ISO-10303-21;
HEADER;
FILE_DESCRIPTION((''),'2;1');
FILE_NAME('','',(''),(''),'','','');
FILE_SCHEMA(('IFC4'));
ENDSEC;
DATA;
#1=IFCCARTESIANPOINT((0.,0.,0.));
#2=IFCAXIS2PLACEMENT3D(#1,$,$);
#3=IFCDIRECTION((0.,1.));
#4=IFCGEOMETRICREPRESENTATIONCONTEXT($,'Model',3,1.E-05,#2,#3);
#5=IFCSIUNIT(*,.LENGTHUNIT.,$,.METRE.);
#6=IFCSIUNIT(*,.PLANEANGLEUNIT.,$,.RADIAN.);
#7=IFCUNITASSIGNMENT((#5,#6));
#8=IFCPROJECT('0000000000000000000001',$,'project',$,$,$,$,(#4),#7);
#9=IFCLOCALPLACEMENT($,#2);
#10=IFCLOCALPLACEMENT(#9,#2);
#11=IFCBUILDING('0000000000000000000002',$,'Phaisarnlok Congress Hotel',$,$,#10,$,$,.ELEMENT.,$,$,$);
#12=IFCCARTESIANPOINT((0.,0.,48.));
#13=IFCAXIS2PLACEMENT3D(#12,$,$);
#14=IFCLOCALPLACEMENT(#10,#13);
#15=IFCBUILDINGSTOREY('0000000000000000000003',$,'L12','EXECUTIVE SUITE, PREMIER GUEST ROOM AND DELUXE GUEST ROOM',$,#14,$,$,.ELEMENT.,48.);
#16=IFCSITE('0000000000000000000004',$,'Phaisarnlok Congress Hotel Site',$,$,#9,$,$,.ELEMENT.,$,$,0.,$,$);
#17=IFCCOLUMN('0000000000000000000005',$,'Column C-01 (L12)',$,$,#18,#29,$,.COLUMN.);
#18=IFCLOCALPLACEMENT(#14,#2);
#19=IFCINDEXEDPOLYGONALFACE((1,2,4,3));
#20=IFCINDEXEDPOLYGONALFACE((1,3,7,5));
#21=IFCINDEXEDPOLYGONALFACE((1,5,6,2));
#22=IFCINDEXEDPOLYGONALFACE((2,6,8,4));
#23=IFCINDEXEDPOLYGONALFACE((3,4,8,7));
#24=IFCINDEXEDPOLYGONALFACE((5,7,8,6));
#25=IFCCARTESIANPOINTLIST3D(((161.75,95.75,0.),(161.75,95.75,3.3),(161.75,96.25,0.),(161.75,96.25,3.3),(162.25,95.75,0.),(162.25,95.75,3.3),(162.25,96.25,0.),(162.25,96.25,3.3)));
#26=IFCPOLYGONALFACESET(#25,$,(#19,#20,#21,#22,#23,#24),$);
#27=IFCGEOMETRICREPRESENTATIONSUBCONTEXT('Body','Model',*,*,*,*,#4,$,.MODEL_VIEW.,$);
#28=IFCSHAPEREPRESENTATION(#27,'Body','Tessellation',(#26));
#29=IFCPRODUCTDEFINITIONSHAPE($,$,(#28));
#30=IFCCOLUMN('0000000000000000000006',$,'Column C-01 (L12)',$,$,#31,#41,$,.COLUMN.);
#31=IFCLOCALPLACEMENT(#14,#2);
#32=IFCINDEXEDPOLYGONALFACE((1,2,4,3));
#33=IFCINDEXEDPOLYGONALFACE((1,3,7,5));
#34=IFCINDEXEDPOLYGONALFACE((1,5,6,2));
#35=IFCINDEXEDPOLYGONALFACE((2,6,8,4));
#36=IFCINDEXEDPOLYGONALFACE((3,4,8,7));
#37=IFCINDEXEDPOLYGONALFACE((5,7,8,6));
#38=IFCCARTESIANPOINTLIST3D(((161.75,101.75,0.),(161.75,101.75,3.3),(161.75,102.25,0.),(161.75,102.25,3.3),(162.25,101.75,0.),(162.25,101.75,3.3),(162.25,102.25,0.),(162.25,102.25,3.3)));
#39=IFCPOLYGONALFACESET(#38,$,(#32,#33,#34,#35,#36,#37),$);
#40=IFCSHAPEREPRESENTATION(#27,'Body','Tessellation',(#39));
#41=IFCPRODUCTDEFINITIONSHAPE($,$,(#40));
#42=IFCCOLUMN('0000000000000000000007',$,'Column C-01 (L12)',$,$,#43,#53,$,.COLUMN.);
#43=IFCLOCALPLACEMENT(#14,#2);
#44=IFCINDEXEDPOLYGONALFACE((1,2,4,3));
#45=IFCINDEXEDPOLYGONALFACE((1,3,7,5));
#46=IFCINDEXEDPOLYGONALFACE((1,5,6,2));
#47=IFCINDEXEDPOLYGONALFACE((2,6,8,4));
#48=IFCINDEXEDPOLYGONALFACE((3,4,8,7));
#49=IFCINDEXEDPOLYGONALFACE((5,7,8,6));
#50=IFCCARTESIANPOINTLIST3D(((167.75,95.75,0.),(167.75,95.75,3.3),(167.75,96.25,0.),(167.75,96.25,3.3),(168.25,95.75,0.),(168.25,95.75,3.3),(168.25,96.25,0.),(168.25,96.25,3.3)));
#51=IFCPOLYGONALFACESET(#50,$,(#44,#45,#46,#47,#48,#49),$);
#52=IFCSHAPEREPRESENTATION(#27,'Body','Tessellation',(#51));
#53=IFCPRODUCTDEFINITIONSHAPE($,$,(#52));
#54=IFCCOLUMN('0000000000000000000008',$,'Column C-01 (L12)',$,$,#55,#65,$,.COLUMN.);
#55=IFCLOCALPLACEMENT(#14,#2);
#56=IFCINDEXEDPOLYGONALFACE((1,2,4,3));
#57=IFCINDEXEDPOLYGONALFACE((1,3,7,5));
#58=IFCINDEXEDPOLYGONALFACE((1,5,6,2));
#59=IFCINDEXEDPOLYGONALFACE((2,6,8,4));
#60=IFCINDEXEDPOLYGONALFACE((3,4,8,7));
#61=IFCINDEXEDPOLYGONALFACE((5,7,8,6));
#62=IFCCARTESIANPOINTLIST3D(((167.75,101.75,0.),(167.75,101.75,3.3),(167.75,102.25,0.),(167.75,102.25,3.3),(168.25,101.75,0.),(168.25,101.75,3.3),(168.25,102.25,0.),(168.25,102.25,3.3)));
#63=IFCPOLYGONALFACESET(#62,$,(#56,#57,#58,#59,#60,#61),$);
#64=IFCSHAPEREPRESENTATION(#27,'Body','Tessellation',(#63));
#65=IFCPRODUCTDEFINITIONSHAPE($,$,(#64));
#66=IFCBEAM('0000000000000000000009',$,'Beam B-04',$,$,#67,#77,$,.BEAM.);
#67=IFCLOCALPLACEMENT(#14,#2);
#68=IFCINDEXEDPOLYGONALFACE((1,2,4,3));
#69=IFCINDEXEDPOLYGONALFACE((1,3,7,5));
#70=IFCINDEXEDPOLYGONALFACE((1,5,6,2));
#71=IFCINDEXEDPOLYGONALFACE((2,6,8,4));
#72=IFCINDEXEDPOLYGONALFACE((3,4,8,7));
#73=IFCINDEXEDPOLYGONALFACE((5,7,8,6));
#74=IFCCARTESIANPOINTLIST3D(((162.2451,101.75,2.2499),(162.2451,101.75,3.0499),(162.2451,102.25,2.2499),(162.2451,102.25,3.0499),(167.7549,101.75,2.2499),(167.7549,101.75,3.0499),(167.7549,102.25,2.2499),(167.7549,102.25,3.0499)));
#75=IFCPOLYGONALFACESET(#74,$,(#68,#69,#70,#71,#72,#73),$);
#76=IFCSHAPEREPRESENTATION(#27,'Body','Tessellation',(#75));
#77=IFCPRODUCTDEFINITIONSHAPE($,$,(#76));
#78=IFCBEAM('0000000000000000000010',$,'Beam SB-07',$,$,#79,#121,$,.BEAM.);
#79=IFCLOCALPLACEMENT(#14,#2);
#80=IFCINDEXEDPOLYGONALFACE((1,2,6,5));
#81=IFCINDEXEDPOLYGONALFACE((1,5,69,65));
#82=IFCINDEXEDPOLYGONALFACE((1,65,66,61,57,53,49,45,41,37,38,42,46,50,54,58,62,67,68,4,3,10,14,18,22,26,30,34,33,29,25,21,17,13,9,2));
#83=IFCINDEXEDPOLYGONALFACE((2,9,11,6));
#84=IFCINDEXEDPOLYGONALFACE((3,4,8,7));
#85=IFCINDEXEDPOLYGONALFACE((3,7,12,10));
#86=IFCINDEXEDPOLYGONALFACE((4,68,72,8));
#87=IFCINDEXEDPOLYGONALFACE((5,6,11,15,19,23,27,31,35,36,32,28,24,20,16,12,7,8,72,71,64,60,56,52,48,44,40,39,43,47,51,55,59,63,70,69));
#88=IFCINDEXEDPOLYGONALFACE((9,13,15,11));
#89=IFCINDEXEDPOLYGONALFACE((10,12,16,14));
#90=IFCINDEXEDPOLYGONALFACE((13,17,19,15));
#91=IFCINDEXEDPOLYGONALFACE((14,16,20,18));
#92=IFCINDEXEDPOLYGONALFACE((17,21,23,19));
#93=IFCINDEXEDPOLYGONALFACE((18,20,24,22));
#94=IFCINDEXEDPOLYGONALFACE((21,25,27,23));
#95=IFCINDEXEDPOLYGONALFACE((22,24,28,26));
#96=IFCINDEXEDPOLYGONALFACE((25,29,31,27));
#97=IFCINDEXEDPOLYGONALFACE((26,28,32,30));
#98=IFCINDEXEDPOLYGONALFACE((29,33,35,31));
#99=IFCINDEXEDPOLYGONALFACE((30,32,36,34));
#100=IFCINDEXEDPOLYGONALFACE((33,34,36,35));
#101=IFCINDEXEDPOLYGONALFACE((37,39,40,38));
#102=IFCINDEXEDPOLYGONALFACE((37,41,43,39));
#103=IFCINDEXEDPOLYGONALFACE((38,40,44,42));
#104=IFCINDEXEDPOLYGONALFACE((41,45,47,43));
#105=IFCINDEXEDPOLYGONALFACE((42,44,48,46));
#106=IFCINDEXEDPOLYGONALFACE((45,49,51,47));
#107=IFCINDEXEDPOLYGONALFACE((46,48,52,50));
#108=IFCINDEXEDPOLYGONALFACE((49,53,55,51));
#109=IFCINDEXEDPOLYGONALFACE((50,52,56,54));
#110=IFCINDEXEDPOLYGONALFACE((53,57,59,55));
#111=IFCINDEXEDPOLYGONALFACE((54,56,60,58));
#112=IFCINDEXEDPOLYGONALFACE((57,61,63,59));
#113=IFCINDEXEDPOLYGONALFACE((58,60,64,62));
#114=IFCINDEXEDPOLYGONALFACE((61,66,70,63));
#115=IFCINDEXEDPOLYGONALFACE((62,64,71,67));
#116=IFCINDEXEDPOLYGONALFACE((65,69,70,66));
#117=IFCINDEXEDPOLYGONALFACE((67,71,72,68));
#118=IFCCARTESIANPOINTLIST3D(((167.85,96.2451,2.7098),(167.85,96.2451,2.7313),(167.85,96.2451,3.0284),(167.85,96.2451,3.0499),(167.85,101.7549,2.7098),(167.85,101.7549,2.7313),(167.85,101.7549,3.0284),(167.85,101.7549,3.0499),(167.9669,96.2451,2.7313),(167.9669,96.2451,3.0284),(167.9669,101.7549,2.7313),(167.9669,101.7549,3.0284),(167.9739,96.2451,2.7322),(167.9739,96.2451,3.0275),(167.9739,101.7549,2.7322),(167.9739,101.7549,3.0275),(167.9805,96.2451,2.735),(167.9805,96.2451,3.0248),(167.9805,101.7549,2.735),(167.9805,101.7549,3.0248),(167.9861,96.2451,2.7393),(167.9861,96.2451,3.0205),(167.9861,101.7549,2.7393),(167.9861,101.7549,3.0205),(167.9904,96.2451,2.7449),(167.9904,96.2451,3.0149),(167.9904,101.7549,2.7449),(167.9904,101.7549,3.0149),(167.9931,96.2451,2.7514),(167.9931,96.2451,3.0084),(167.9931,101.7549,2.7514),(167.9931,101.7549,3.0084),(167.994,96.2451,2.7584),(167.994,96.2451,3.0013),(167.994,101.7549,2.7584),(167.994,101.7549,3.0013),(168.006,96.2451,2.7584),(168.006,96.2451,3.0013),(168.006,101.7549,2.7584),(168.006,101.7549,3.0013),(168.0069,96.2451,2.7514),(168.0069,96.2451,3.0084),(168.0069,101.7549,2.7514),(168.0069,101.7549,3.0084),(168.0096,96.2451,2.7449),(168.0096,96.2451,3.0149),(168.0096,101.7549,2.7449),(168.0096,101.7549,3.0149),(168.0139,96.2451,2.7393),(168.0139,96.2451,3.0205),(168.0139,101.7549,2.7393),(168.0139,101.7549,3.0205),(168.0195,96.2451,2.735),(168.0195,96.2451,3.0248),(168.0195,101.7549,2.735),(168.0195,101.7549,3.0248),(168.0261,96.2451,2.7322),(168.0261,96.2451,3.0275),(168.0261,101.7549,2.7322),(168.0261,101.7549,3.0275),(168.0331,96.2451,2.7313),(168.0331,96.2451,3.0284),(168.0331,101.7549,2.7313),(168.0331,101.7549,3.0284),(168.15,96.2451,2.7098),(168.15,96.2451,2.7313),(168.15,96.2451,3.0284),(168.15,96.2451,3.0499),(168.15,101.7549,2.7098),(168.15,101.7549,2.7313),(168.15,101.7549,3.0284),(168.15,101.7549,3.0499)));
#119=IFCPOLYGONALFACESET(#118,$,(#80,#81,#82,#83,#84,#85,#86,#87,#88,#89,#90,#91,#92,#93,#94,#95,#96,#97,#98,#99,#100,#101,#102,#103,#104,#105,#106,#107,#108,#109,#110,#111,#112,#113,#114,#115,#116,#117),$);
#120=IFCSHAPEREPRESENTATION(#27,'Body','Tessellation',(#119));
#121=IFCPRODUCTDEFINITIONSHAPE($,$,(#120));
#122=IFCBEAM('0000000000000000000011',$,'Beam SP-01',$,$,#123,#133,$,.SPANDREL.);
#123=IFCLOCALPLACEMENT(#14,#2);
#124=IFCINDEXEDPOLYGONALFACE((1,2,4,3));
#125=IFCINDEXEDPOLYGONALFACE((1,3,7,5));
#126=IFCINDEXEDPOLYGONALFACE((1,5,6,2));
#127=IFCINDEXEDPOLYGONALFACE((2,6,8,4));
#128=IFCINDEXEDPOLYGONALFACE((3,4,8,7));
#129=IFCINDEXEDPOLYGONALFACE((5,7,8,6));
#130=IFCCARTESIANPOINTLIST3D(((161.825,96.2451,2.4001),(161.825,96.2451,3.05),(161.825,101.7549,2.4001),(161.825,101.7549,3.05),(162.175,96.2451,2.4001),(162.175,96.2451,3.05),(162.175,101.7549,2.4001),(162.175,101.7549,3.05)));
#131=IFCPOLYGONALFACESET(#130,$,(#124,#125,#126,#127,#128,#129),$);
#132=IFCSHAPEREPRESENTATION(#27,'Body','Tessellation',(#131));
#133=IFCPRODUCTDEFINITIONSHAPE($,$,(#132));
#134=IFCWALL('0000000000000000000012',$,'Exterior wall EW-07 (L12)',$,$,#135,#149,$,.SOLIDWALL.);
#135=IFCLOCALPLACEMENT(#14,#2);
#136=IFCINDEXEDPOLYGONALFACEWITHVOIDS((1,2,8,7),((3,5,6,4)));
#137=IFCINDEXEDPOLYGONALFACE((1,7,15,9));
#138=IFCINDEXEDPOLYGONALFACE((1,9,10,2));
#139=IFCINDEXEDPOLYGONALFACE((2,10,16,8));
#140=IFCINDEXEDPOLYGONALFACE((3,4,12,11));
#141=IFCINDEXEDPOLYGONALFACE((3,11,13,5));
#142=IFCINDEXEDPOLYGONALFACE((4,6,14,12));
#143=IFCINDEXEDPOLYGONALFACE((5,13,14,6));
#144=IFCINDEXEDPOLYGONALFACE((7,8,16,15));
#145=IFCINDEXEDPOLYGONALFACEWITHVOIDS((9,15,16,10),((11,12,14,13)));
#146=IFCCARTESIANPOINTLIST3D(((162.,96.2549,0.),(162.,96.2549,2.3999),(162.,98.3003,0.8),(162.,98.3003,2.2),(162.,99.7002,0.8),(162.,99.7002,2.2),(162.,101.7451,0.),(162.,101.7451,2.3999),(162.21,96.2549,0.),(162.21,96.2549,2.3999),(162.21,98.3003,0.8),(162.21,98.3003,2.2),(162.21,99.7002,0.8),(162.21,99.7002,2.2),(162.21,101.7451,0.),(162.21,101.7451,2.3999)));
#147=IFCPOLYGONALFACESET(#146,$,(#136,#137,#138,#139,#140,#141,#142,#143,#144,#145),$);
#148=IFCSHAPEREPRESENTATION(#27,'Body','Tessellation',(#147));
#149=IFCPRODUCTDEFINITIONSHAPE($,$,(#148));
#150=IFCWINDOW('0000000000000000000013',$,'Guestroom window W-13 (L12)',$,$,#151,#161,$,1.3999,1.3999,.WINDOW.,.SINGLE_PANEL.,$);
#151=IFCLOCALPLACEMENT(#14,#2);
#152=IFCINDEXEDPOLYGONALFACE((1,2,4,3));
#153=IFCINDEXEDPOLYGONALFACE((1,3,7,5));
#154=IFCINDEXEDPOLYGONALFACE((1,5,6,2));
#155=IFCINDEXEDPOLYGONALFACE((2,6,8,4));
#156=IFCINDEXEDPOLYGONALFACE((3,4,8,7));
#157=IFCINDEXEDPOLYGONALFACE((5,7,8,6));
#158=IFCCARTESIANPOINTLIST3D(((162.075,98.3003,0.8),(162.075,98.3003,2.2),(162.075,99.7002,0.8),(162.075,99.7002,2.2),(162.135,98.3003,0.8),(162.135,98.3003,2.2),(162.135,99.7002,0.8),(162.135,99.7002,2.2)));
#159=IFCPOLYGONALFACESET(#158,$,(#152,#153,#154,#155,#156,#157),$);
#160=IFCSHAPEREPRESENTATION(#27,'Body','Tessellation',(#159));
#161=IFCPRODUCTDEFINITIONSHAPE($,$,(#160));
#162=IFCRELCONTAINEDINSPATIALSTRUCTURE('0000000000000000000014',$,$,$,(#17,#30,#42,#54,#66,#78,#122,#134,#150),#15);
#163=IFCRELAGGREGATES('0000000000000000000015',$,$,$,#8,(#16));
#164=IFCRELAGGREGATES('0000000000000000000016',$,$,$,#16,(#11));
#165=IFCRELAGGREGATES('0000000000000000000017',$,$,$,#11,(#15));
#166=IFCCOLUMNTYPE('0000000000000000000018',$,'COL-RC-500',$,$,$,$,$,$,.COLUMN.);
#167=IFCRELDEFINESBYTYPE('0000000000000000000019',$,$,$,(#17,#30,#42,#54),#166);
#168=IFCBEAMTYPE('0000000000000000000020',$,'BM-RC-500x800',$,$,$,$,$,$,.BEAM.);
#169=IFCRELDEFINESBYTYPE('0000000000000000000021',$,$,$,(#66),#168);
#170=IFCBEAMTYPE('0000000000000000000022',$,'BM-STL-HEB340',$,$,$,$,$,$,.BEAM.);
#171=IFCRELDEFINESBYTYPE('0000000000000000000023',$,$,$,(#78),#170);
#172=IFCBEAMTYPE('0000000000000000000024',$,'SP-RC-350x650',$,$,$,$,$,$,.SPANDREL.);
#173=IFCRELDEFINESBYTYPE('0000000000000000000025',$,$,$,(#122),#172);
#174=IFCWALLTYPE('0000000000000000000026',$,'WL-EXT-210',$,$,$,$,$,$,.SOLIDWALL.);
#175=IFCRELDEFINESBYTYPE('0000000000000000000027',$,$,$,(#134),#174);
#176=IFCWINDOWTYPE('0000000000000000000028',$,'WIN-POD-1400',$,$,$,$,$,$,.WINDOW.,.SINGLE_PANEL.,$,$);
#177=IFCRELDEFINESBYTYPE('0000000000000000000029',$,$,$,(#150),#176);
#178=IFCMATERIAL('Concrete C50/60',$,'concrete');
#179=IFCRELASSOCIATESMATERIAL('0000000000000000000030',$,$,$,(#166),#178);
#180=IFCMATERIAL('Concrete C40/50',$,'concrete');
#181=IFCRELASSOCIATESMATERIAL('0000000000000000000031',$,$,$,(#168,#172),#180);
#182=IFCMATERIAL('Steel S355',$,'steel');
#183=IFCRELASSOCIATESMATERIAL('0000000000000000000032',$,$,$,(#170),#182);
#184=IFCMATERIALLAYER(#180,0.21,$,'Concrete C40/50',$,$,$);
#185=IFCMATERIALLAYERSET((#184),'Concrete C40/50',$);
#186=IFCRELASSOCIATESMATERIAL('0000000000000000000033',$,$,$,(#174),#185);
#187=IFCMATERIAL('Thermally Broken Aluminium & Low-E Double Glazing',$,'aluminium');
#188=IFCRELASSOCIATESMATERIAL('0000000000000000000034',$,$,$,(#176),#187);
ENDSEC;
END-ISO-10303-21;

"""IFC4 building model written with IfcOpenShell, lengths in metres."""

from ifc_helpers import new_model, si_unit, direction, frame, frame_2d, origin, origin_2d, place, context, subcontext, project, spatial, rectangle, i_section, extrude, material, layer, layer_set, material_profile, profile_set, type_object, element, fill, save


model = new_model("IFC4")

# Units and contexts
model_context = context("Model", 3, precision=1e-05, world=origin(), true_north=direction((0.0, 1.0)))
body_context = subcontext(model_context, "Body", "Model", "MODEL_VIEW")
ifc_project = project(units=[si_unit("LENGTHUNIT", "METRE"), si_unit("PLANEANGLEUNIT", "RADIAN")], contexts=[model_context])

# Site, building, storey
site_placement = place(None, origin())
site = spatial("IfcSite", under=ifc_project, at=site_placement, Name="Phaisarnlok Congress Hotel Site", CompositionType="ELEMENT", RefElevation=0.0)
building_placement = place(site_placement, origin())
building = spatial("IfcBuilding", under=site, at=building_placement, Name="Phaisarnlok Congress Hotel", CompositionType="ELEMENT")
storey_placement = place(building_placement, frame((0.0, 0.0, 48.0)))
storey = spatial("IfcBuildingStorey", under=building, at=storey_placement, Name="L12", Description="EXECUTIVE SUITE, PREMIER GUEST ROOM AND DELUXE GUEST ROOM", CompositionType="ELEMENT", Elevation=48.0)

# Columns
ifc_material_1 = material(Name="Concrete C50/60", Category="concrete")
ifc_material_profile_1 = material_profile(ifc_material_1, rectangle(XDim=0.5, YDim=0.5, at=origin_2d()), Name="RC 500x500")
ifc_profile_set_1 = profile_set([ifc_material_profile_1], Name="Concrete C50/60")
column_type = type_object("IfcColumnType", Name="COL-RC-500", PredefinedType="COLUMN", material=ifc_profile_set_1)
for number, where, z_axis, x_axis, name in (
    (1, (162.0, 96.0, 0.0), (0.0, 0.0, 1.0), (1.0, 0.0, 0.0), "Column C-01 (L12)"),
    (2, (162.0, 102.0, 0.0), (0.0, 0.0, 1.0), (1.0, 0.0, 0.0), "Column C-01 (L12)"),
    (3, (168.0, 96.0, 0.0), (0.0, 0.0, 1.0), (1.0, 0.0, 0.0), "Column C-01 (L12)"),
    (4, (168.0, 102.0, 0.0), (0.0, 0.0, 1.0), (1.0, 0.0, 0.0), "Column C-01 (L12)"),
):
    element("IfcColumn", number, at=place(storey_placement, frame(where, z_axis=z_axis, x_axis=x_axis)), inside=storey, type_object=column_type, Name=name, PredefinedType="COLUMN", context=body_context, shape_type="SweptSolid", body=[
        extrude(rectangle(XDim=0.5, YDim=0.5, at=origin_2d()), origin(), (0.0, 0.0, 1.0), 3.3),
    ])

# Beams
ifc_material_2 = material(Name="Concrete C40/50", Category="concrete")
ifc_material_profile_2 = material_profile(ifc_material_2, rectangle(XDim=0.5, YDim=0.8, at=origin_2d()), Name="RC 500x800")
ifc_profile_set_2 = profile_set([ifc_material_profile_2], Name="Concrete C40/50")
beam_type_1 = type_object("IfcBeamType", Name="BM-RC-500x800", PredefinedType="BEAM", material=ifc_profile_set_2)
beam_1_placement = place(storey_placement, frame((162.2451, 102.0, 2.6499), z_axis=(1.0, 0.0, 0.0), x_axis=(0.0, 1.0, 0.0)))
element("IfcBeam", 5, at=beam_1_placement, inside=storey, type_object=beam_type_1, Name="Beam B-04", PredefinedType="BEAM", context=body_context, shape_type="SweptSolid", body=[
    extrude(rectangle(XDim=0.5, YDim=0.8, at=origin_2d()), origin(), (0.0, 0.0, 1.0), 5.5098),
])
ifc_material_3 = material(Name="Steel S355", Category="steel")
ifc_material_profile_3 = material_profile(ifc_material_3, i_section(OverallWidth=0.3, OverallDepth=0.3401, WebThickness=0.012, FlangeThickness=0.0215, FilletRadius=0.0271, at=origin_2d()), Name="HEB 340")
ifc_profile_set_3 = profile_set([ifc_material_profile_3], Name="Steel S355")
beam_type_2 = type_object("IfcBeamType", Name="BM-STL-HEB340", PredefinedType="BEAM", material=ifc_profile_set_3)
beam_2_placement = place(storey_placement, frame((168.0, 96.2451, 2.8799), z_axis=(0.0, 1.0, 0.0), x_axis=(-1.0, 0.0, 0.0)))
element("IfcBeam", 6, at=beam_2_placement, inside=storey, type_object=beam_type_2, Name="Beam SB-07", PredefinedType="BEAM", context=body_context, shape_type="SweptSolid", body=[
    extrude(i_section(OverallWidth=0.3, OverallDepth=0.3401, WebThickness=0.012, FlangeThickness=0.0215, FilletRadius=0.0271, at=origin_2d()), origin(), (0.0, 0.0, 1.0), 5.5098),
])
ifc_material_profile_4 = material_profile(ifc_material_2, rectangle(XDim=0.3501, YDim=0.6499, at=origin_2d()), Name="RC 350x650")
ifc_profile_set_4 = profile_set([ifc_material_profile_4], Name="Concrete C40/50")
beam_type_3 = type_object("IfcBeamType", Name="SP-RC-350x650", PredefinedType="SPANDREL", material=ifc_profile_set_4)
beam_3_placement = place(storey_placement, frame((162.0, 96.2451, 2.7251), z_axis=(0.0, 1.0, 0.0), x_axis=(-1.0, 0.0, 0.0)))
element("IfcBeam", 7, at=beam_3_placement, inside=storey, type_object=beam_type_3, Name="Beam SP-01", PredefinedType="SPANDREL", context=body_context, shape_type="SweptSolid", body=[
    extrude(rectangle(XDim=0.3501, YDim=0.6499, at=origin_2d()), origin(), (0.0, 0.0, 1.0), 5.5098),
])

# Wall, opening, window
ifc_layer_1 = layer(ifc_material_2, 0.21, Name="Concrete C40/50")
ifc_layer_set_1 = layer_set([ifc_layer_1], Name="Concrete C40/50")
wall_type_1 = type_object("IfcWallType", Name="WL-EXT-210", PredefinedType="SOLIDWALL", material=ifc_layer_set_1)
wall_1_placement = place(storey_placement, frame((162.105, 101.7451, 0.0), z_axis=(0.0, 0.0, 1.0), x_axis=(0.0, -1.0, 0.0)))
wall_1 = element("IfcWall", 8, at=wall_1_placement, inside=storey, type_object=wall_type_1, Name="Exterior wall EW-07 (L12)", PredefinedType="SOLIDWALL", context=body_context, shape_type="SweptSolid", body=[
    extrude(rectangle(XDim=5.4902, YDim=0.21, at=frame_2d((2.7451, 0.0))), origin(), (0.0, 0.0, 1.0), 2.3999),
])
opening_1_placement = place(wall_1_placement, frame((2.0449, 0.0, 0.8)))
opening_1 = element("IfcOpeningElement", 9, at=opening_1_placement, cuts=wall_1, PredefinedType="OPENING", context=body_context, shape_type="SweptSolid", body=[
    extrude(rectangle(XDim=1.3999, YDim=1.3999, at=frame_2d((0.7, 0.7))), frame((0.0, 0.115, 0.0), z_axis=(0.0, -1.0, 0.0), x_axis=(1.0, 0.0, 0.0)), (0.0, 0.0, 1.0), 0.23),
])
ifc_material_4 = material(Name="Thermally Broken Aluminium & Low-E Double Glazing", Category="aluminium")
window_type = type_object("IfcWindowType", Name="WIN-POD-1400", PartitioningType="SINGLE_PANEL", PredefinedType="WINDOW", material=ifc_material_4)
window_placement = place(opening_1_placement, origin())
window = element("IfcWindow", 10, at=window_placement, inside=storey, type_object=window_type, Name="Guestroom window W-13 (L12)", OverallHeight=1.3999, OverallWidth=1.3999, PartitioningType="SINGLE_PANEL", PredefinedType="WINDOW", context=body_context, shape_type="SweptSolid", body=[
    extrude(rectangle(XDim=1.3999, YDim=1.3999, at=frame_2d((0.7, 0.7))), frame((0.0, 0.03, 0.0), z_axis=(0.0, -1.0, 0.0), x_axis=(1.0, 0.0, 0.0)), (0.0, 0.0, 1.0), 0.0601),
])
fill(opening_1, window)

save(model, "model.ifc")
